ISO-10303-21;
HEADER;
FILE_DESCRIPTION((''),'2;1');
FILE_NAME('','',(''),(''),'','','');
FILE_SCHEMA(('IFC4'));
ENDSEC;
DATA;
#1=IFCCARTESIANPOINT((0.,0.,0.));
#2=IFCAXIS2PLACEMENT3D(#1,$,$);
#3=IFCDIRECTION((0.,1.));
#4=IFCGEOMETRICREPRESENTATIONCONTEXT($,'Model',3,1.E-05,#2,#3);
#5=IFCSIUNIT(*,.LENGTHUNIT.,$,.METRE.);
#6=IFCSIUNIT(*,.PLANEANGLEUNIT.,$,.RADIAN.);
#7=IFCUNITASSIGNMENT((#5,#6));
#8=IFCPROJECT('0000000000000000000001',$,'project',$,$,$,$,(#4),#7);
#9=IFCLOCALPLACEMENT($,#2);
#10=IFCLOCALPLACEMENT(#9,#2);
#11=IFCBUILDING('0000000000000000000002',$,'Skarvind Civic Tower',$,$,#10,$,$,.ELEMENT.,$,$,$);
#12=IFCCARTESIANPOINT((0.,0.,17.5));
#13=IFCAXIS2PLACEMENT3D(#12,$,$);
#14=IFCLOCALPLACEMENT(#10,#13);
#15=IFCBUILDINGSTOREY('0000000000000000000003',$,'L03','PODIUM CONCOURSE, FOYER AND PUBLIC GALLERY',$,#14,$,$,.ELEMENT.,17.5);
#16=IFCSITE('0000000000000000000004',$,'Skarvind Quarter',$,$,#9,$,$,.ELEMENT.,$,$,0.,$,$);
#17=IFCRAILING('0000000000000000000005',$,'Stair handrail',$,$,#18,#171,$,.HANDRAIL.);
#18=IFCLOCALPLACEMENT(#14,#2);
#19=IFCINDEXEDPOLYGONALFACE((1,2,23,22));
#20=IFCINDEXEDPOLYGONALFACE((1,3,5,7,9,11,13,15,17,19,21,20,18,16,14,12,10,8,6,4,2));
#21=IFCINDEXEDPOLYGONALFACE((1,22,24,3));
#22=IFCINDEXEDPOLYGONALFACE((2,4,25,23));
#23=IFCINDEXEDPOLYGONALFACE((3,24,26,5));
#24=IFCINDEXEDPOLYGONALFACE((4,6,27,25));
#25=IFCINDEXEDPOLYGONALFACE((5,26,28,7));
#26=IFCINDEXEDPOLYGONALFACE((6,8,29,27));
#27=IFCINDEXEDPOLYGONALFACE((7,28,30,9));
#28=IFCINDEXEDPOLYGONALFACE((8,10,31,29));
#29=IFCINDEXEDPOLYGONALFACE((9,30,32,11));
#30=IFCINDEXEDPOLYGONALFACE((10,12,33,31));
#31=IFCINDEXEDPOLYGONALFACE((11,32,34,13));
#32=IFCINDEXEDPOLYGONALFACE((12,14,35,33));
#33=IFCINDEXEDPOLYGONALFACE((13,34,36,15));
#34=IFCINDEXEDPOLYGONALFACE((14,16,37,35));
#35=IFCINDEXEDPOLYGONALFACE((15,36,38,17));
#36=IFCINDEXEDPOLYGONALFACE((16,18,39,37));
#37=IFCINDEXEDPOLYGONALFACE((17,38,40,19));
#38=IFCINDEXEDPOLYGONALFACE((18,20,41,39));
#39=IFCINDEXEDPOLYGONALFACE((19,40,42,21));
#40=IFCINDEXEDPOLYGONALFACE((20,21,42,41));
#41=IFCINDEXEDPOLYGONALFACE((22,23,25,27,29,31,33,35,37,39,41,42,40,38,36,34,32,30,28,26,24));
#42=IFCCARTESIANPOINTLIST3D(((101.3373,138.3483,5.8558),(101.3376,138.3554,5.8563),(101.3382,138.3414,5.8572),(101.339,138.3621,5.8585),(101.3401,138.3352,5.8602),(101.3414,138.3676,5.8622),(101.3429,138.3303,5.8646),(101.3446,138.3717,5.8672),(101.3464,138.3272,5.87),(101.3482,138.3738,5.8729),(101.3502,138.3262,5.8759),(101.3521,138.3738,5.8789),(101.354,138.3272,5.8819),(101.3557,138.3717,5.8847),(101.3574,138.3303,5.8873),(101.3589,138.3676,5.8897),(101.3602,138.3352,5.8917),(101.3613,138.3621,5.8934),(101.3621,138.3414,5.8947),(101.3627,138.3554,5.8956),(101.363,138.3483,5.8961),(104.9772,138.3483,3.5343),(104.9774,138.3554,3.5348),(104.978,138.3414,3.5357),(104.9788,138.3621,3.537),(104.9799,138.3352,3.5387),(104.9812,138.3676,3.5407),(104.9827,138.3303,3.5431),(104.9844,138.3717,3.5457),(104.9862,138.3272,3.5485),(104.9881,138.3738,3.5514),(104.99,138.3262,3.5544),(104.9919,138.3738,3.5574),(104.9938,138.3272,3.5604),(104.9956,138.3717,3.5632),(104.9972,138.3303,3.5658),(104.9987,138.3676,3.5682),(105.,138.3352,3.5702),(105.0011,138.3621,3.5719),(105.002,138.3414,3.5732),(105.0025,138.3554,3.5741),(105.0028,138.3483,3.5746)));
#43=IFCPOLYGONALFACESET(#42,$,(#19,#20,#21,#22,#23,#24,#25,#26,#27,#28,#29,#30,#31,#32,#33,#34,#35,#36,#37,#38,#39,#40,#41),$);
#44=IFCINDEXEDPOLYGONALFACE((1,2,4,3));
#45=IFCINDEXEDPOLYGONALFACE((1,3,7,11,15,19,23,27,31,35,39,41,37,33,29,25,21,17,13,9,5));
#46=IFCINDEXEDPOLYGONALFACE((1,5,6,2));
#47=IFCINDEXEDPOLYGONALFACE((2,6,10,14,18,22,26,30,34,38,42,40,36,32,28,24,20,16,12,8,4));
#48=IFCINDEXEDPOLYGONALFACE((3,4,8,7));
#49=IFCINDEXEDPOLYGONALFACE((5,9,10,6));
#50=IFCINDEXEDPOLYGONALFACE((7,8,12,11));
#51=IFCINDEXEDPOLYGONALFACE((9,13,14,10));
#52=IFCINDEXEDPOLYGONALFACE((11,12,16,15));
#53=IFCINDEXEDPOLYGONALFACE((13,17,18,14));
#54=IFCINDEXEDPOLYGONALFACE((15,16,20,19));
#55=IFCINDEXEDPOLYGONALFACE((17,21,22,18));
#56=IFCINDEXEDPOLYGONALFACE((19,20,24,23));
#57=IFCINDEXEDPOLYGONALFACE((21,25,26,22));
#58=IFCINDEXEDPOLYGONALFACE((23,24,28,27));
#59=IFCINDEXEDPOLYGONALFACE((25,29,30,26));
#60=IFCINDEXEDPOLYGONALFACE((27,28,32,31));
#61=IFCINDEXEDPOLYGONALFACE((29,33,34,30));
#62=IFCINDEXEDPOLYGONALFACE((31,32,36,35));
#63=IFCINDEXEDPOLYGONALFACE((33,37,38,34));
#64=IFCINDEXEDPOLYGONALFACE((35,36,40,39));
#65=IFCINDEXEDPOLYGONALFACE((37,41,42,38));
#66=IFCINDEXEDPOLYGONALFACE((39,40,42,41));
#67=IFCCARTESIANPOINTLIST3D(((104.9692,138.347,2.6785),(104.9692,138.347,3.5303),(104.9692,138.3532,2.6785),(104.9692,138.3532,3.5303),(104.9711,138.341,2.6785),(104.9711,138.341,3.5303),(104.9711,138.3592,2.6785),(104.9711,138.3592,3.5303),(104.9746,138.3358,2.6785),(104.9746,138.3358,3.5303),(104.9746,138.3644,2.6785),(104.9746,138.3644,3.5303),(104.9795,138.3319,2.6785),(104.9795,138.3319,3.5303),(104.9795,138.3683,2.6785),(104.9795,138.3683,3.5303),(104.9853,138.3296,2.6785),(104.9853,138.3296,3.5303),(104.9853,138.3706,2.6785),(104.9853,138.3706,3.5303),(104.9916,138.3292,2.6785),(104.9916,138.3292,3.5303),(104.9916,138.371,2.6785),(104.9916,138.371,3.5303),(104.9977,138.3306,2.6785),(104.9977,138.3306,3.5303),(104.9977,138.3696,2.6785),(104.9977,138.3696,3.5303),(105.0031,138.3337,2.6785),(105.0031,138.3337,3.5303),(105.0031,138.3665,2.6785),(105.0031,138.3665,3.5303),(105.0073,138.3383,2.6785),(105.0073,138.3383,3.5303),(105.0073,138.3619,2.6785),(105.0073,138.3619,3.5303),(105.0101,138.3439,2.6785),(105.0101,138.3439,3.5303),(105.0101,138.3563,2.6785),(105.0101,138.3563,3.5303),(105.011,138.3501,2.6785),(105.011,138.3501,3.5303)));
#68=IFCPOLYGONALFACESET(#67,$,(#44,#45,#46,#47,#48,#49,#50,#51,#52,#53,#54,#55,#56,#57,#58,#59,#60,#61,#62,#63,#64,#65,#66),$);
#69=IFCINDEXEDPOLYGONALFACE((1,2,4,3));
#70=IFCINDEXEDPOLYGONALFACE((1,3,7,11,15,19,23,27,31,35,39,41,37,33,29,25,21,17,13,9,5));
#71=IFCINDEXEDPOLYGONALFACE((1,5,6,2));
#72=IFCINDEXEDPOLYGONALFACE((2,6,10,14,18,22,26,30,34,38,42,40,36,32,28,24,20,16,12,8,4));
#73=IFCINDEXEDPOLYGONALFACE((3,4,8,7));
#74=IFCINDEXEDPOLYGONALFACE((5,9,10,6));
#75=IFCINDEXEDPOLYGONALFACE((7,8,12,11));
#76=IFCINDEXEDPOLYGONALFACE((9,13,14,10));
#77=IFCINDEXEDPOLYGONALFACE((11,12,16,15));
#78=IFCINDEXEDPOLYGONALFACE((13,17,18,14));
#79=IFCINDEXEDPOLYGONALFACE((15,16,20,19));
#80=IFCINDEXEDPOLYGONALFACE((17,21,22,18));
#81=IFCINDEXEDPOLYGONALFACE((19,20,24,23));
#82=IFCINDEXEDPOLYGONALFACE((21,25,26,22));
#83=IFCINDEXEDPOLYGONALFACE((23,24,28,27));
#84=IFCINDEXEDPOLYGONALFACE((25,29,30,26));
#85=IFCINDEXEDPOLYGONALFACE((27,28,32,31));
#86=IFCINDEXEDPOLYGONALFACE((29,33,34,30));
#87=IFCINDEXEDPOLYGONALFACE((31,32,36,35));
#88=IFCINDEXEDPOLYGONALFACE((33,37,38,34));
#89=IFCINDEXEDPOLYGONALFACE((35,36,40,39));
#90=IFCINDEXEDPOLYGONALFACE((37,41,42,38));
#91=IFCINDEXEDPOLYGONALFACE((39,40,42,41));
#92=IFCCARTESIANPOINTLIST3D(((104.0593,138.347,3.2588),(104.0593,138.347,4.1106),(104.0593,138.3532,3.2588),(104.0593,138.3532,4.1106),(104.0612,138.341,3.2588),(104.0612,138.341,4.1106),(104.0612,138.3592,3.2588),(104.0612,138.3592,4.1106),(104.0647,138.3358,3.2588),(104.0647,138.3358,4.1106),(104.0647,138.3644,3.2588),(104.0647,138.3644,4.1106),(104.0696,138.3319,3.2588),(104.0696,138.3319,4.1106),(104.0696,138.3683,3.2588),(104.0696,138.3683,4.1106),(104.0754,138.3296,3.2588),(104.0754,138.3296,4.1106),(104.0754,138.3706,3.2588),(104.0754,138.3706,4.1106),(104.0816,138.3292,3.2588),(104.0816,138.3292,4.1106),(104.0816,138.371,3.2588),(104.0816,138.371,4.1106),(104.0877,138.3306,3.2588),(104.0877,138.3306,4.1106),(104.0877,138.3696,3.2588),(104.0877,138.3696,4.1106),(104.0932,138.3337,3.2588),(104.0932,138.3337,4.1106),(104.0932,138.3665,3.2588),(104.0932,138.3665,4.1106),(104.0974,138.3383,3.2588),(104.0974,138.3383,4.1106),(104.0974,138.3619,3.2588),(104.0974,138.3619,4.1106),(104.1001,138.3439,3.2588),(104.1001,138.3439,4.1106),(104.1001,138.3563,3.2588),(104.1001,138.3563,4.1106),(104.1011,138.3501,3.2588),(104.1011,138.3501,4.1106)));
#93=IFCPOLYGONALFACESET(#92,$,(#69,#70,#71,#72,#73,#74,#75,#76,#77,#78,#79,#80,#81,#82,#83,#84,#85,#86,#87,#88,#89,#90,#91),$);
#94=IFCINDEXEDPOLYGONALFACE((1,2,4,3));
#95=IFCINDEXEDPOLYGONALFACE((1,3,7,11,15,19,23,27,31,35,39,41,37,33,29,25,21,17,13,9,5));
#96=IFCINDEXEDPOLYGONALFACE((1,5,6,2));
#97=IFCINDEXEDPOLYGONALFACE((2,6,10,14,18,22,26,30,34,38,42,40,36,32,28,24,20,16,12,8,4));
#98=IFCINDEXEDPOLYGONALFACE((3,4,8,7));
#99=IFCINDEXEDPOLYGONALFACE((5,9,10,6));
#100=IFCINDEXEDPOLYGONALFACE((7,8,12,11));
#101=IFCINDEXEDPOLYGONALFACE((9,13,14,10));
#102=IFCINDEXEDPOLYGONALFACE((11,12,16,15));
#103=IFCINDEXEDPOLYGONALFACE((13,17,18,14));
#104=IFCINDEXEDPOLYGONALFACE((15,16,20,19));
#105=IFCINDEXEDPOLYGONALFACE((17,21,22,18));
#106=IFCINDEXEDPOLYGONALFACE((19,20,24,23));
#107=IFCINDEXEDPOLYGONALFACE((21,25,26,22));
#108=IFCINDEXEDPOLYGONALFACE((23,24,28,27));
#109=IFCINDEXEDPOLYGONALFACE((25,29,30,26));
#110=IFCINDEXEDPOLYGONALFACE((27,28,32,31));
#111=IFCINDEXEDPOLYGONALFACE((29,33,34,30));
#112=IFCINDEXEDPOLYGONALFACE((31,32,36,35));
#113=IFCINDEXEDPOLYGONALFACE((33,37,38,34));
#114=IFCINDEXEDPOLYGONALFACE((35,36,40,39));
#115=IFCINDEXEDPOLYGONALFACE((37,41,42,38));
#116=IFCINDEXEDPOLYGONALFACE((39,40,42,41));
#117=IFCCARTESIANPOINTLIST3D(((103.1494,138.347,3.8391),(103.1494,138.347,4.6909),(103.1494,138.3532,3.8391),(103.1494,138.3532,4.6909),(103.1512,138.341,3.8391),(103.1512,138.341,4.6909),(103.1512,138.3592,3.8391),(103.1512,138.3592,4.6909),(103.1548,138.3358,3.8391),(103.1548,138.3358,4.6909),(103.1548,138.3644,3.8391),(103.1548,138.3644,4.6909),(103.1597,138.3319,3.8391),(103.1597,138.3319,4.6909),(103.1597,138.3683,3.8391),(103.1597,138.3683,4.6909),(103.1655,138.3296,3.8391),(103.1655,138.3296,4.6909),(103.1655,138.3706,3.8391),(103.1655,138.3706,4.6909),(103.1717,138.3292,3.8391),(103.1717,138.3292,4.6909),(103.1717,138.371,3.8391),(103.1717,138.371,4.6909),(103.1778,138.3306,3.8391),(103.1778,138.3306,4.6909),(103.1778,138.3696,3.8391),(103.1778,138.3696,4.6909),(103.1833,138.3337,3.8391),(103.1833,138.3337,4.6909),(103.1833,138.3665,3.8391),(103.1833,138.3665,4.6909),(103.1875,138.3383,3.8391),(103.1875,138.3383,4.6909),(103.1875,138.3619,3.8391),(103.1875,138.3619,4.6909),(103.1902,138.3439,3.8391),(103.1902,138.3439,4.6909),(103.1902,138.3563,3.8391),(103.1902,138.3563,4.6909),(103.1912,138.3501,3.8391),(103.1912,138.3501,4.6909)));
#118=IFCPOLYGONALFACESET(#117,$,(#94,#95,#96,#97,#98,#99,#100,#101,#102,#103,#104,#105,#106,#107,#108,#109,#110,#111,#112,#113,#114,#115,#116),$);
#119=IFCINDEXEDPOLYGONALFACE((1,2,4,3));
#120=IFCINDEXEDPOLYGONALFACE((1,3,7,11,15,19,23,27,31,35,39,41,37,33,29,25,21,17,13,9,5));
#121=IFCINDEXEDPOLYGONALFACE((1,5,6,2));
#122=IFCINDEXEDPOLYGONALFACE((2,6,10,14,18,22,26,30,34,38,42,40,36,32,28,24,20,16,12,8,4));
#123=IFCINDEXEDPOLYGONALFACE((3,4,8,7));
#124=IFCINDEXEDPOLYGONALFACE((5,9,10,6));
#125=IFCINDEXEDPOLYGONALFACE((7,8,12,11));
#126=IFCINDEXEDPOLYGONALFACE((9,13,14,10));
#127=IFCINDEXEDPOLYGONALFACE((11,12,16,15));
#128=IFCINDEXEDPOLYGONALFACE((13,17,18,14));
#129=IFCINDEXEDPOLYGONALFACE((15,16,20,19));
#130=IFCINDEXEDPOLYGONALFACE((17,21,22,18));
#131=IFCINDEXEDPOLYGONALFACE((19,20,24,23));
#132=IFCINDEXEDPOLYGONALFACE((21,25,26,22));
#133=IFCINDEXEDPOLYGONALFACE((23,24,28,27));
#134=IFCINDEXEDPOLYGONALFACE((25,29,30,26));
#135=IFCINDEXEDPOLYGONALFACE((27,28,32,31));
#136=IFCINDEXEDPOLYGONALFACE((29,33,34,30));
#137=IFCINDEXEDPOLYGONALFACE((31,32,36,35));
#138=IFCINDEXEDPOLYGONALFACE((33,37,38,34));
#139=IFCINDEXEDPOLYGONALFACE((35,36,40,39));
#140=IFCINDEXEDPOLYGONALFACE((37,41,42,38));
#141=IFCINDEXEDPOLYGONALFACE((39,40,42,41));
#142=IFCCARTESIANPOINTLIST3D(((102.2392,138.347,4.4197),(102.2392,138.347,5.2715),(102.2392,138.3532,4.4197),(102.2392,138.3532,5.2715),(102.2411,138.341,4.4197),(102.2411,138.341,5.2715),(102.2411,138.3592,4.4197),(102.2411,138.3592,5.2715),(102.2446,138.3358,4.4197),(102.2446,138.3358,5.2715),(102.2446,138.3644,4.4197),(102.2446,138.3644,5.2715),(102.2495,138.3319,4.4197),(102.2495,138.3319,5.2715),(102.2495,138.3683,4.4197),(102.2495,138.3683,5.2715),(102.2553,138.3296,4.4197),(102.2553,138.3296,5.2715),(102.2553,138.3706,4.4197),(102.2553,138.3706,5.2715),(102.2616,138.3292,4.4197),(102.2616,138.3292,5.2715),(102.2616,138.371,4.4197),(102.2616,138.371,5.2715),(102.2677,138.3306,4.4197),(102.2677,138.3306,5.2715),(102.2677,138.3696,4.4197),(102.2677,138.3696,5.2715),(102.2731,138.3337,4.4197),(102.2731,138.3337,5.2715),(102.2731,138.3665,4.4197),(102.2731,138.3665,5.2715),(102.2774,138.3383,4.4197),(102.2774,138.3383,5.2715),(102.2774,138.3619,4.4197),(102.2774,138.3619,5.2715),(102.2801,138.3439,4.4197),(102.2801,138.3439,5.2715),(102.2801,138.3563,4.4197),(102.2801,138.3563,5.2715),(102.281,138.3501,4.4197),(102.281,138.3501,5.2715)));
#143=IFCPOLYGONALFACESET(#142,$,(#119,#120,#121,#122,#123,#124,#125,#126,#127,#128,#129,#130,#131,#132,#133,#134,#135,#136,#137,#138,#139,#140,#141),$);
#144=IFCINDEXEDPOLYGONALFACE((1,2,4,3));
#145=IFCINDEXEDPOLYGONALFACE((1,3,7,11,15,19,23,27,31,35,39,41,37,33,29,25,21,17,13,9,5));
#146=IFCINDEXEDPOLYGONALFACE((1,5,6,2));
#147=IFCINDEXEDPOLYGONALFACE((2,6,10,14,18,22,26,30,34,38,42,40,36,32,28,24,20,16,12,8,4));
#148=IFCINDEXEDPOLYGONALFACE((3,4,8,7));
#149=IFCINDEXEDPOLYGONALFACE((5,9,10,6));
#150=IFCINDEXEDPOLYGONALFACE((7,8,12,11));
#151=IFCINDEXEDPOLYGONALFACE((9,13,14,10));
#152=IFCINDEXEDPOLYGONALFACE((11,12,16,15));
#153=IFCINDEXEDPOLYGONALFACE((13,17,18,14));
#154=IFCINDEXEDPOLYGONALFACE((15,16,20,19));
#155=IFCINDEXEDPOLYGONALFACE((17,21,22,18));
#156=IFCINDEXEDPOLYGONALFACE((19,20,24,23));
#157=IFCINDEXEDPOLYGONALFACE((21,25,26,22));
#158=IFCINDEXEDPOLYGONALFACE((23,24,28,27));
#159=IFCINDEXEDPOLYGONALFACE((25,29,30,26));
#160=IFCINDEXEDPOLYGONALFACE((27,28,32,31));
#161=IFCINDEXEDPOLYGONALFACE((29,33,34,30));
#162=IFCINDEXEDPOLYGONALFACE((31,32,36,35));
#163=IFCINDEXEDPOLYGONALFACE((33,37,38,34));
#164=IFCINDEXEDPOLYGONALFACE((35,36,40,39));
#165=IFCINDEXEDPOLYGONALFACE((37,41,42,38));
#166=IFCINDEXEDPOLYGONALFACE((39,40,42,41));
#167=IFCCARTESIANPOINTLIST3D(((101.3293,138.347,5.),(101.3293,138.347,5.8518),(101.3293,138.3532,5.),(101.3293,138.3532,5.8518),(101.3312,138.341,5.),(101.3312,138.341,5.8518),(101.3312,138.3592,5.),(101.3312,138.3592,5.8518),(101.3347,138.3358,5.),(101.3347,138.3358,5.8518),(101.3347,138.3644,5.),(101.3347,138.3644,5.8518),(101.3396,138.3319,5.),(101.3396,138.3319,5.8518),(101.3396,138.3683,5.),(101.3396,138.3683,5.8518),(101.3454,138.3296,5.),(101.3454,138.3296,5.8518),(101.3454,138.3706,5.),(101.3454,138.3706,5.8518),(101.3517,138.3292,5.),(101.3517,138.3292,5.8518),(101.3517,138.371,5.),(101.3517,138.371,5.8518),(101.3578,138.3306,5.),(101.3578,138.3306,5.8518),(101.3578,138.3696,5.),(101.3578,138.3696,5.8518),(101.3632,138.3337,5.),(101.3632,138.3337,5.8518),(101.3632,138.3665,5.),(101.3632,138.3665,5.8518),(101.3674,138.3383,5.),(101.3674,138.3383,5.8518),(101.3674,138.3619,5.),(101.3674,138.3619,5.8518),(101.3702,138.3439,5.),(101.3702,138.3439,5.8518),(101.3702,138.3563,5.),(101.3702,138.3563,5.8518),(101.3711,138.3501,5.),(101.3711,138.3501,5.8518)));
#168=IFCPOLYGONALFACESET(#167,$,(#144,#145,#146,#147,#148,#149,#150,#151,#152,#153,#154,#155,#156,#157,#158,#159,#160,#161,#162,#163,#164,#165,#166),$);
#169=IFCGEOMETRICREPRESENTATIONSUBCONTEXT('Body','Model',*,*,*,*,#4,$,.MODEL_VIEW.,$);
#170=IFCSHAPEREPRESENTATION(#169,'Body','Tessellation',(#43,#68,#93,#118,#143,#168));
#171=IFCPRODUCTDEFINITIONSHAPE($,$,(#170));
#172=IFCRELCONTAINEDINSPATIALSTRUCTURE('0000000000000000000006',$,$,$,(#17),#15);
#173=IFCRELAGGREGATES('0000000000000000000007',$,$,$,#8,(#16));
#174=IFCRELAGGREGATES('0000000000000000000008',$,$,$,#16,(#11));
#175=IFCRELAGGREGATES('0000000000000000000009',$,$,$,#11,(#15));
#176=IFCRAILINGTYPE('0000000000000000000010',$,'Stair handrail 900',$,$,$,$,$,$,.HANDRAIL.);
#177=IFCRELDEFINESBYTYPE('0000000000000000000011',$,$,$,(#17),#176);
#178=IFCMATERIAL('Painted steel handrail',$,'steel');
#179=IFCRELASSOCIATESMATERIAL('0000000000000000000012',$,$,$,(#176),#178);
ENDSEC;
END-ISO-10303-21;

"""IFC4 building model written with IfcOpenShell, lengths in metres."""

from ifc_helpers import new_model, si_unit, direction, frame, origin, origin_2d, place, context, subcontext, project, spatial, circle, extrude, material, type_object, element, save


model = new_model("IFC4")

# Units and contexts
model_context = context("Model", 3, precision=1e-05, world=origin(), true_north=direction((0.0, 1.0)))
body_context = subcontext(model_context, "Body", "Model", "MODEL_VIEW")
ifc_project = project(units=[si_unit("LENGTHUNIT", "METRE"), si_unit("PLANEANGLEUNIT", "RADIAN")], contexts=[model_context])

# Site, building, storey
site_placement = place(None, origin())
site = spatial("IfcSite", under=ifc_project, at=site_placement, Name="Skarvind Quarter", CompositionType="ELEMENT", RefElevation=0.0)
building_placement = place(site_placement, origin())
building = spatial("IfcBuilding", under=site, at=building_placement, Name="Skarvind Civic Tower", CompositionType="ELEMENT")
storey_placement = place(building_placement, frame((0.0, 0.0, 17.5)))
storey = spatial("IfcBuildingStorey", under=building, at=storey_placement, Name="L03", Description="PODIUM CONCOURSE, FOYER AND PUBLIC GALLERY", CompositionType="ELEMENT", Elevation=17.5)

# Railing
ifc_material_1 = material(Name="Painted steel handrail", Category="steel")
railing_type = type_object("IfcRailingType", Name="Stair handrail 900", PredefinedType="HANDRAIL", material=ifc_material_1)
railing_1_placement = place(storey_placement, frame((104.99, 138.3501, 2.6785)))
element("IfcRailing", 1, at=railing_1_placement, inside=storey, type_object=railing_type, Name="Stair handrail", PredefinedType="HANDRAIL", context=body_context, shape_type="SweptSolid", body=[
    extrude(circle(Radius=0.0239, at=origin_2d()), frame((0.0, 0.0, 0.876), z_axis=(-0.843112, 0.0, 0.537739), x_axis=(0.0, -1.0, 0.0)), (0.0, 0.0, 1.0), 4.3171),
    extrude(circle(Radius=0.021, at=origin_2d()), origin(), (0.0, 0.0, 1.0), 0.8518),
    extrude(circle(Radius=0.021, at=origin_2d()), frame((-0.9099, 0.0, 0.5803)), (0.0, 0.0, 1.0), 0.8518),
    extrude(circle(Radius=0.021, at=origin_2d()), frame((-1.8198, 0.0, 1.1606)), (0.0, 0.0, 1.0), 0.8518),
    extrude(circle(Radius=0.021, at=origin_2d()), frame((-2.73, 0.0, 1.7412)), (0.0, 0.0, 1.0), 0.8518),
    extrude(circle(Radius=0.021, at=origin_2d()), frame((-3.6399, 0.0, 2.3215)), (0.0, 0.0, 1.0), 0.8518),
])

save(model, "model.ifc")
